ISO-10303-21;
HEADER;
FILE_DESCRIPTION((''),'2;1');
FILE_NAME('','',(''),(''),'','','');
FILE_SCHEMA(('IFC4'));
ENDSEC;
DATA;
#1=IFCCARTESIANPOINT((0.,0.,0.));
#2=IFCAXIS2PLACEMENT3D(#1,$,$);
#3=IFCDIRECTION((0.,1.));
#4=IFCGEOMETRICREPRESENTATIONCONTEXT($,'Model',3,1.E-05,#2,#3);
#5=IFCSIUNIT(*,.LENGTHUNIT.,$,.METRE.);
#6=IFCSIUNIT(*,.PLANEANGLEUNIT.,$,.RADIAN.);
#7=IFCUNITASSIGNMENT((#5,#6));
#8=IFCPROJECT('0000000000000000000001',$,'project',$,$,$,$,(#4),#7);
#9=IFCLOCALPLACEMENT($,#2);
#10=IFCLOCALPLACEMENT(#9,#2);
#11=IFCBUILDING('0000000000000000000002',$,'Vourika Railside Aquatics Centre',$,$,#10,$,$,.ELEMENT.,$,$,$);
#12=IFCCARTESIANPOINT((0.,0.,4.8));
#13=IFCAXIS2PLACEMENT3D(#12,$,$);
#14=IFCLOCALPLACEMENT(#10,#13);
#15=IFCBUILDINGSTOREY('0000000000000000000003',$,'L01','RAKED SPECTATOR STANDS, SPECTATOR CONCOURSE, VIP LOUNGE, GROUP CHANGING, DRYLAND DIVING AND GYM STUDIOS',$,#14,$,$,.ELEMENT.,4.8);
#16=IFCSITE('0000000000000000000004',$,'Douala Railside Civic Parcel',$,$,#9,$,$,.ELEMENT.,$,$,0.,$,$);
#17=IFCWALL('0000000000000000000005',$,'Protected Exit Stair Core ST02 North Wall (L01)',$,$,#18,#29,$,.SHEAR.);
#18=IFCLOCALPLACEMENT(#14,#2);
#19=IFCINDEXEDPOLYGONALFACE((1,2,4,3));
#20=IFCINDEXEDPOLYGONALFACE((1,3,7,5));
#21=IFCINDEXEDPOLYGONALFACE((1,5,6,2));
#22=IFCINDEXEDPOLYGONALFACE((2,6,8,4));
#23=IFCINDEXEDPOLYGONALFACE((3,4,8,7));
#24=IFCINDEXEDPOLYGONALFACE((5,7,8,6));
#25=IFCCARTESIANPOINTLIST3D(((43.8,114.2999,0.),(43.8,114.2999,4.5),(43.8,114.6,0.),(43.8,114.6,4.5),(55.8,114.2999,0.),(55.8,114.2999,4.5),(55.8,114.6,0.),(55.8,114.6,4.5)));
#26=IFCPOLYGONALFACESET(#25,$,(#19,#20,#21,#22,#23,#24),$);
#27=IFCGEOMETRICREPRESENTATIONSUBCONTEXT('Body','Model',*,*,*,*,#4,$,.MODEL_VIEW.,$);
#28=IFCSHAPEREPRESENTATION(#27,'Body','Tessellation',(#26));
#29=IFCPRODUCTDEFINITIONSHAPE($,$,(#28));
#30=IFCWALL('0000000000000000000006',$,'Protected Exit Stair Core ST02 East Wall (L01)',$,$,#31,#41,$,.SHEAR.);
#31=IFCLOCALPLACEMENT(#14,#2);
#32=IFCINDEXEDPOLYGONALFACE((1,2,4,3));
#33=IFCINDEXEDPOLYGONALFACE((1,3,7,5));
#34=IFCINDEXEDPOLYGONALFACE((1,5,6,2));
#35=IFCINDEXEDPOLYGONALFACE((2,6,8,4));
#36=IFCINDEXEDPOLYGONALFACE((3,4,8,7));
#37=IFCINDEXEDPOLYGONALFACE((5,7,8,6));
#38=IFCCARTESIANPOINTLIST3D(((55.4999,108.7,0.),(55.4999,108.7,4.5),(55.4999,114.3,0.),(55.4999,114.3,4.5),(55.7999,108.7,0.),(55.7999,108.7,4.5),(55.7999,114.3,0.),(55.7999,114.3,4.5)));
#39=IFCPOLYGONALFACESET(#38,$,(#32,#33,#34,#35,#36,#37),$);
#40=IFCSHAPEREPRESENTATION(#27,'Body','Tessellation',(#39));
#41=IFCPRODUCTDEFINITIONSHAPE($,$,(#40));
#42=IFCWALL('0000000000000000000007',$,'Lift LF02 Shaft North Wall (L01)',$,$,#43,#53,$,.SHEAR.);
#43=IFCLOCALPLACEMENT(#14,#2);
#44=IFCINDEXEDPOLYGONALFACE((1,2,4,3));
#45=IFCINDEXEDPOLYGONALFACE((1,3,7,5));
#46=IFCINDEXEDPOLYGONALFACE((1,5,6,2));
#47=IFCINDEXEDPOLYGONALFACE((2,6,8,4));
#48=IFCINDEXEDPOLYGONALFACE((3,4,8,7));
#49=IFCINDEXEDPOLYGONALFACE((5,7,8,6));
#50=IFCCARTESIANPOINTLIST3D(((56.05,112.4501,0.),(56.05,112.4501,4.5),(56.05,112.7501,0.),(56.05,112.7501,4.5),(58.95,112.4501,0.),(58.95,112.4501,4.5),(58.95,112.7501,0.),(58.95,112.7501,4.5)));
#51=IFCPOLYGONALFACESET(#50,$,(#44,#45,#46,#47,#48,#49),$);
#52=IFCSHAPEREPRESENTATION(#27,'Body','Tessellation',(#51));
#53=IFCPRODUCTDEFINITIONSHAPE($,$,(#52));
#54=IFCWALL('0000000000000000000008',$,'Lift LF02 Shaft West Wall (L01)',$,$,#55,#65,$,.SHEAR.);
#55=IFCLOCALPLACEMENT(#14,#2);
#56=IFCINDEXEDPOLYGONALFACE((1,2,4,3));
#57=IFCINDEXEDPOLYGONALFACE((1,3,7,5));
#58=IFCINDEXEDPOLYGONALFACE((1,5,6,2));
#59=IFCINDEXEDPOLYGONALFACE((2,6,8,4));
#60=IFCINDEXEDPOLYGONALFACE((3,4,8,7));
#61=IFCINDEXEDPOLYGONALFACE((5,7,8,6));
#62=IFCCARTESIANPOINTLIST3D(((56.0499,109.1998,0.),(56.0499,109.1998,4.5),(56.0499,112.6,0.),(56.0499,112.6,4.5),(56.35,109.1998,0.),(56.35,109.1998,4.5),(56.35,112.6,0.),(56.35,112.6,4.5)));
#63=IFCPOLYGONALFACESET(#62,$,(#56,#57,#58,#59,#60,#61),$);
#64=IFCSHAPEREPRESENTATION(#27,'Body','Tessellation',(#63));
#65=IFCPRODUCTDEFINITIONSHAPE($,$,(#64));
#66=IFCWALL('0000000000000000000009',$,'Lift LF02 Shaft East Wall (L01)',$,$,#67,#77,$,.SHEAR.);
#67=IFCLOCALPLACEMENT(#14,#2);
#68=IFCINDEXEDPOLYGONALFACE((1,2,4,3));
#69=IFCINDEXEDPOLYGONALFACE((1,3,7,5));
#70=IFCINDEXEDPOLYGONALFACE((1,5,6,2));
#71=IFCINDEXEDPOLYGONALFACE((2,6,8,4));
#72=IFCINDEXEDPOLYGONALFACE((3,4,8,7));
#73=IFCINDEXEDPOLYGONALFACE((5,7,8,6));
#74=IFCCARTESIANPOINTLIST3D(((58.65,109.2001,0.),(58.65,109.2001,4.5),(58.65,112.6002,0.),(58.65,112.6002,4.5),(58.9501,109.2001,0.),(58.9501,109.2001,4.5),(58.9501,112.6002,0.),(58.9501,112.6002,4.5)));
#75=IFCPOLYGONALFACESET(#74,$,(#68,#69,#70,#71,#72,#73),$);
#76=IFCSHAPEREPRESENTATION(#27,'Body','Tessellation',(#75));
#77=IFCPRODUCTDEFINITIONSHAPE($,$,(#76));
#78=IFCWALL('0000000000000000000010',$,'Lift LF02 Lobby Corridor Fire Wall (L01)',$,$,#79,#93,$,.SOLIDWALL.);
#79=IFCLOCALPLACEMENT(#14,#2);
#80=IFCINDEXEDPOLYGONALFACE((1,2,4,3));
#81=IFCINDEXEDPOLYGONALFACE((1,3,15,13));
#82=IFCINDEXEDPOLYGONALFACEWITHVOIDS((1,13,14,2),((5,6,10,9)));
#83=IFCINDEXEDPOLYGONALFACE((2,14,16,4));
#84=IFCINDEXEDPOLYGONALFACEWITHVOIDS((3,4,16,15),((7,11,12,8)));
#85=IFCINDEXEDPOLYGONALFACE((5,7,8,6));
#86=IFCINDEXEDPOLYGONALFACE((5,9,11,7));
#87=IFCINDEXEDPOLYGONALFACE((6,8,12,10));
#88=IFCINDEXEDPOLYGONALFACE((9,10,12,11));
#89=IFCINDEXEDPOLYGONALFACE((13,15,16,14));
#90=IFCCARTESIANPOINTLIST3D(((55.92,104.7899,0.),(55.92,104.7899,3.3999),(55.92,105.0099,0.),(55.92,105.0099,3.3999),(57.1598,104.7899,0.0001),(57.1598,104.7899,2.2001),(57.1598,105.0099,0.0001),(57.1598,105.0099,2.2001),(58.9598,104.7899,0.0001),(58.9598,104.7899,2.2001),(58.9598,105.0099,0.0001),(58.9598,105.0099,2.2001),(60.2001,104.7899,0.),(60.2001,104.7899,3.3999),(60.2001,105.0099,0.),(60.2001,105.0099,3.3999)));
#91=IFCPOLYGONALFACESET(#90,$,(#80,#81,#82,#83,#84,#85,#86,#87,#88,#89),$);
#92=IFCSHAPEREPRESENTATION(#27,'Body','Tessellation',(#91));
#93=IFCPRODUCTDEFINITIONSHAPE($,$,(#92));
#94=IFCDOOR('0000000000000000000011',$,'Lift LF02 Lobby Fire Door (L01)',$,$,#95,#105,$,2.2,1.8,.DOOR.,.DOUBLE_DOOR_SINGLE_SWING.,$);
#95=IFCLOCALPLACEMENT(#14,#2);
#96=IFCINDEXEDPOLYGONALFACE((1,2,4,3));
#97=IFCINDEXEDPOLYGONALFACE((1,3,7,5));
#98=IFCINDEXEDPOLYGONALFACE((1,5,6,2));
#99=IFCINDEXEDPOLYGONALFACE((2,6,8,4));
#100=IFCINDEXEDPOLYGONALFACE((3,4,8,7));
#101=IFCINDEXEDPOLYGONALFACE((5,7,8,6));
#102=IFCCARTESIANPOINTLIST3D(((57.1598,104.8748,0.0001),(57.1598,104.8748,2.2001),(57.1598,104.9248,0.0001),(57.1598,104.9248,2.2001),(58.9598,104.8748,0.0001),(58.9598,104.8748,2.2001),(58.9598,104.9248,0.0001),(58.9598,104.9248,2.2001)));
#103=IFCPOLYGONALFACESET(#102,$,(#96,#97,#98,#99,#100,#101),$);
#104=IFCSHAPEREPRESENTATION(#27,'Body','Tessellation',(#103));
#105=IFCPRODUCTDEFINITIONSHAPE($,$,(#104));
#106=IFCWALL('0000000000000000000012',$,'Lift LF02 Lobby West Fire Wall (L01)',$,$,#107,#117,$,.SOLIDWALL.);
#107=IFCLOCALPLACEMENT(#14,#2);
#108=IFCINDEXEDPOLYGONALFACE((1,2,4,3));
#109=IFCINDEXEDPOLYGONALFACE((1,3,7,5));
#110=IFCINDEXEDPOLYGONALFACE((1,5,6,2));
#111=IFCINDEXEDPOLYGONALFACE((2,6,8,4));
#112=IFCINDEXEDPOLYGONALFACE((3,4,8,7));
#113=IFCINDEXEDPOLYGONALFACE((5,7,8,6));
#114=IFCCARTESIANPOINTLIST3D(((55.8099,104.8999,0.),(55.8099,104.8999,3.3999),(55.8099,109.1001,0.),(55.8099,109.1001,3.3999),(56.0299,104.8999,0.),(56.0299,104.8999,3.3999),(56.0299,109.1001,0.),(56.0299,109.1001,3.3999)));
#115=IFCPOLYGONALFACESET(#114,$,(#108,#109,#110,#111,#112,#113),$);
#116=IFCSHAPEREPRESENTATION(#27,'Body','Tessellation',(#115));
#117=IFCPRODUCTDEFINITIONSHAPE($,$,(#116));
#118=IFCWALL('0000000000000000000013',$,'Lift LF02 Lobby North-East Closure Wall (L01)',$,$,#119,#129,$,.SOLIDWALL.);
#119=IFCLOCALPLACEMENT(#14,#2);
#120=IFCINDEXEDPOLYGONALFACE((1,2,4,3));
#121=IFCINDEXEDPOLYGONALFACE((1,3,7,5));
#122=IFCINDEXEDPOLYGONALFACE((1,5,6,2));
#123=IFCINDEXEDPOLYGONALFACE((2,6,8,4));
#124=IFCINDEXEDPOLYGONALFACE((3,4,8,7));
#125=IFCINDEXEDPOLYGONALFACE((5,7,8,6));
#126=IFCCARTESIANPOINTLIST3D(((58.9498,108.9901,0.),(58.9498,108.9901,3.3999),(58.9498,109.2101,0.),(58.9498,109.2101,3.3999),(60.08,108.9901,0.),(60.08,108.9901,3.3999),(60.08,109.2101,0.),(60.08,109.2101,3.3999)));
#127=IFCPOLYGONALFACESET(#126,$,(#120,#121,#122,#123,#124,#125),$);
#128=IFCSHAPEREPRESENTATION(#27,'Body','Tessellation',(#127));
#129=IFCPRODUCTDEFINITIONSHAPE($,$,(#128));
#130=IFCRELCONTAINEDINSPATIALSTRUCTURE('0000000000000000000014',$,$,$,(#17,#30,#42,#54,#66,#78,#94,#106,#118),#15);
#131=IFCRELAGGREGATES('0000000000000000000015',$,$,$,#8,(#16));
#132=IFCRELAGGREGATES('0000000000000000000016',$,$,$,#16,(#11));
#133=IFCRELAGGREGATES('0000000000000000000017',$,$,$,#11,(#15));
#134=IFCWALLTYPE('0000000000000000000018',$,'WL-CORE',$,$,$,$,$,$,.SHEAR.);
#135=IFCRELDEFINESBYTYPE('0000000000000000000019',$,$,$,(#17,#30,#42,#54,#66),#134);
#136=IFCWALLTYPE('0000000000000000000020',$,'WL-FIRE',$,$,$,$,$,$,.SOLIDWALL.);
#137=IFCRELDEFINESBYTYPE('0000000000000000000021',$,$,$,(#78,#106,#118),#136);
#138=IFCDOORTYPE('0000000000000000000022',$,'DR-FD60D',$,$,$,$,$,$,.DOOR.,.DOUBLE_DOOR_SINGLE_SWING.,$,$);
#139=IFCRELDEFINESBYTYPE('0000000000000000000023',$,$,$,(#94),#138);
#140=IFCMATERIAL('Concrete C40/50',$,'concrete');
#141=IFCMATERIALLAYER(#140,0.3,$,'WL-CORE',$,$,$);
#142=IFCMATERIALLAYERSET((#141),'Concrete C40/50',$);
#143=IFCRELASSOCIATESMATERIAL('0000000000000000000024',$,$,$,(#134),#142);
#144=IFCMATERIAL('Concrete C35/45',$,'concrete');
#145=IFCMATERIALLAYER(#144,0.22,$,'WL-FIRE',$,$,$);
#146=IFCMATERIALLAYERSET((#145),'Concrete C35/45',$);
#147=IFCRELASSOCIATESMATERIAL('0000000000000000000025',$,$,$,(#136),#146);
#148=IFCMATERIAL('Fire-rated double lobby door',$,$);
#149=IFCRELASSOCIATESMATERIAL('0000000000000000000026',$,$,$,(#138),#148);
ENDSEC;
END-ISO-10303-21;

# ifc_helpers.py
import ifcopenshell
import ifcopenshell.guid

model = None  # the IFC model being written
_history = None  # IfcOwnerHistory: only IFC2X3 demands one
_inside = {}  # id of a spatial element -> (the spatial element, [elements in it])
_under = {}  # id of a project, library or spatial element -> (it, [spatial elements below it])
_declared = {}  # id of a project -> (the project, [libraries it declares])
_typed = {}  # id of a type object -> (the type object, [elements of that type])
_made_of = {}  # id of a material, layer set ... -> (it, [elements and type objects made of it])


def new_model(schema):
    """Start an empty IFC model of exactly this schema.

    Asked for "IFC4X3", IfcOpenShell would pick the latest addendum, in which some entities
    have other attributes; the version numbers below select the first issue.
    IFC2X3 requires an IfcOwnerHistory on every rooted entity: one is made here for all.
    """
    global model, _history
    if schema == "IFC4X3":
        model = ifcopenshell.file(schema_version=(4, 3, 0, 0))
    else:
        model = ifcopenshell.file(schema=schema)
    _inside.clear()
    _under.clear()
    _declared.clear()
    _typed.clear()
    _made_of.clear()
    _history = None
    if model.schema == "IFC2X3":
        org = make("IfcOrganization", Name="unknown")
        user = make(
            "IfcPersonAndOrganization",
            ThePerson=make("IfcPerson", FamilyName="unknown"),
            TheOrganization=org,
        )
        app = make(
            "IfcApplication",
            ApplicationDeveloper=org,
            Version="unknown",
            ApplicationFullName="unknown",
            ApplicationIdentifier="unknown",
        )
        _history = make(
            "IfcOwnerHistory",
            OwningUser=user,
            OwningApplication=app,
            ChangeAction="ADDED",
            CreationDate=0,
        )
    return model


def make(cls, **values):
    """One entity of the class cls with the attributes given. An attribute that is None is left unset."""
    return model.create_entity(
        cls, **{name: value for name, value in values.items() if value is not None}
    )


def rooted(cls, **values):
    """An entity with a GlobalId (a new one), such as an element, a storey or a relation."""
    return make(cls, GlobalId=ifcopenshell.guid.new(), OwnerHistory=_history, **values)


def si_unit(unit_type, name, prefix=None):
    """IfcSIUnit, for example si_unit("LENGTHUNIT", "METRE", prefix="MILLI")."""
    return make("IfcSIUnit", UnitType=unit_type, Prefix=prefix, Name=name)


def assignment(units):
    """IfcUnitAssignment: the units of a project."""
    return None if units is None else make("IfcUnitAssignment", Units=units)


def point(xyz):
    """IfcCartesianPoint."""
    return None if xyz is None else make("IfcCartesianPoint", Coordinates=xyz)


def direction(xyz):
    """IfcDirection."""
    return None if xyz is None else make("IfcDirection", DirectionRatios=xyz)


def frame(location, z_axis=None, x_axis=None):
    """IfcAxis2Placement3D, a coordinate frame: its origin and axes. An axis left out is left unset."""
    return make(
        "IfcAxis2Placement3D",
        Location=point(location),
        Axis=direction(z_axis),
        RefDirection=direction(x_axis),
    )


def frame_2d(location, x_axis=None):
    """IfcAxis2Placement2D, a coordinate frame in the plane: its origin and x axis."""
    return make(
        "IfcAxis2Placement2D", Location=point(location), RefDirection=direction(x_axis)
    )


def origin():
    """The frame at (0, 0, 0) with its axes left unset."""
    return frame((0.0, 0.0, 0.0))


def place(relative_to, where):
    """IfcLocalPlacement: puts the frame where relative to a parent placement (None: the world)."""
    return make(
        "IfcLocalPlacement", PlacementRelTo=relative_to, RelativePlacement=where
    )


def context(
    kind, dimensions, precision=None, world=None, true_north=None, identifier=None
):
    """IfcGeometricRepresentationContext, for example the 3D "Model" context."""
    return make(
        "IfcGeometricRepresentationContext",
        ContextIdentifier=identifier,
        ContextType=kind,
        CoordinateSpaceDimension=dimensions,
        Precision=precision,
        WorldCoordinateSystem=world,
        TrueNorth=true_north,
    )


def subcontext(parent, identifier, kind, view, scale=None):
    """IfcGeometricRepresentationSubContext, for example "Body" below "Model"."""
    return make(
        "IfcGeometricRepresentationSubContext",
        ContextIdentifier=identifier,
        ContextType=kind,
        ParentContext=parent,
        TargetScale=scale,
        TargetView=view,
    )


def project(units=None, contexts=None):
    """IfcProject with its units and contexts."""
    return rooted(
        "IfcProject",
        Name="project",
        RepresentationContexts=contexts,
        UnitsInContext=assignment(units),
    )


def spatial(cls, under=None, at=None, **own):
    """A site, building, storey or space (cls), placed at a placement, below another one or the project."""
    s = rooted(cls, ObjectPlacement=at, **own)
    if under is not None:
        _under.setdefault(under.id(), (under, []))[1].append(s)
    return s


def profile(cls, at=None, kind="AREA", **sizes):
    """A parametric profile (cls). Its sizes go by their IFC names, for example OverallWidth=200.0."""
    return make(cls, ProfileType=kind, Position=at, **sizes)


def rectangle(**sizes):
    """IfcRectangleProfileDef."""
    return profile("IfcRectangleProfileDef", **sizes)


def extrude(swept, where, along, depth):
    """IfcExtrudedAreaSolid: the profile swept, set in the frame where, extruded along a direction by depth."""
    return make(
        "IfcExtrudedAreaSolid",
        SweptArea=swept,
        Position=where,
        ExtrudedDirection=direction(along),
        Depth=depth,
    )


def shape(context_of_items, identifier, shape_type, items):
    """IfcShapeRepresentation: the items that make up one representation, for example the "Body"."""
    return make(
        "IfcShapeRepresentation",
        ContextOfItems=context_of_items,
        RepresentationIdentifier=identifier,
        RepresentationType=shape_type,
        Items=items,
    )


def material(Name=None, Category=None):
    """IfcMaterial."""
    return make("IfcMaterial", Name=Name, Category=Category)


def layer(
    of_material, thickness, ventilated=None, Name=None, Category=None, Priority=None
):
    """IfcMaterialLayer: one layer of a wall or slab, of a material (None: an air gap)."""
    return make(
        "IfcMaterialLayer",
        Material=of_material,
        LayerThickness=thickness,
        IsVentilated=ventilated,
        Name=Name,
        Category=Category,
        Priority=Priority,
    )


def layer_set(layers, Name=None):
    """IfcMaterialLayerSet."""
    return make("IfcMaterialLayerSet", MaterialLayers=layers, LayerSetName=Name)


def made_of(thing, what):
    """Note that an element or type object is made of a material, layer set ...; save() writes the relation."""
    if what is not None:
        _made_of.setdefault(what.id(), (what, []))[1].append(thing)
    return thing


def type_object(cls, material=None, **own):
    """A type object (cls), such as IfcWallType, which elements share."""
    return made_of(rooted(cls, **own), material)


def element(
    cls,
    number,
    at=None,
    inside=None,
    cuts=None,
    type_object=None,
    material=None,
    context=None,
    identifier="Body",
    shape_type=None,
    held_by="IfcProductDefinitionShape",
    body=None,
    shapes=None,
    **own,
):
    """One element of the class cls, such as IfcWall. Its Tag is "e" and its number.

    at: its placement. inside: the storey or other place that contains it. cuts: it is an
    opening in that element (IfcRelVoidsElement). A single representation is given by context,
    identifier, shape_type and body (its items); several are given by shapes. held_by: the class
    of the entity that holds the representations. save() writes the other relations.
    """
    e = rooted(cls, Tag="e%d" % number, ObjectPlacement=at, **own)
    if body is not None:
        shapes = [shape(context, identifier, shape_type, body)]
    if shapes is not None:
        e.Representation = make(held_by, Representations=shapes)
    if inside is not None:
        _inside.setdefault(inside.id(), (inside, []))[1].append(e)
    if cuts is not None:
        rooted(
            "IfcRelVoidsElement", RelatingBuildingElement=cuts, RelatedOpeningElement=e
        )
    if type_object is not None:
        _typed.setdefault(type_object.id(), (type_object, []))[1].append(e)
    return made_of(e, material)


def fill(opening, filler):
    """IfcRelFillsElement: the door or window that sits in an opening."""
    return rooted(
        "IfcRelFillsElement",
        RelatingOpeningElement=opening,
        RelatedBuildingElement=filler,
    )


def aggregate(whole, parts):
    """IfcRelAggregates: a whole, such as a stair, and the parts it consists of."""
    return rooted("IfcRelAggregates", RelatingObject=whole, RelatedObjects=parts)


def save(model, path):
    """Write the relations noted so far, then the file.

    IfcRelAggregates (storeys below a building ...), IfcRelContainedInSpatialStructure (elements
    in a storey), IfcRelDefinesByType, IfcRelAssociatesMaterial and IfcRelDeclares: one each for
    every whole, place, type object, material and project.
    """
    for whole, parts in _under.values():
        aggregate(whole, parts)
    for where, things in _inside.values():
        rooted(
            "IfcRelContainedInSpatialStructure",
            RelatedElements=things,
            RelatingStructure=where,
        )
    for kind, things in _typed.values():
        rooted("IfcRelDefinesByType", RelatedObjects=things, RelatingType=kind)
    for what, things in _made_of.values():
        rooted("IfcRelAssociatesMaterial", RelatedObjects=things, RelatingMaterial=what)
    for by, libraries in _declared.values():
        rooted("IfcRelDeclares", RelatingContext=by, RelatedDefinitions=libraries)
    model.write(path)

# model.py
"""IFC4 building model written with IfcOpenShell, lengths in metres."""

from ifc_helpers import new_model, si_unit, direction, frame, frame_2d, origin, place, context, subcontext, project, spatial, rectangle, extrude, material, layer, layer_set, type_object, element, fill, save


model = new_model("IFC4")

# Units and contexts
model_context = context("Model", 3, precision=1e-05, world=origin(), true_north=direction((0.0, 1.0)))
body_context = subcontext(model_context, "Body", "Model", "MODEL_VIEW")
ifc_project = project(units=[si_unit("LENGTHUNIT", "METRE"), si_unit("PLANEANGLEUNIT", "RADIAN")], contexts=[model_context])

# Site, building, storey
site_placement = place(None, origin())
site = spatial("IfcSite", under=ifc_project, at=site_placement, Name="Douala Railside Civic Parcel", CompositionType="ELEMENT", RefElevation=0.0)
building_placement = place(site_placement, origin())
building = spatial("IfcBuilding", under=site, at=building_placement, Name="Vourika Railside Aquatics Centre", CompositionType="ELEMENT")
storey_placement = place(building_placement, frame((0.0, 0.0, 4.8)))
storey = spatial("IfcBuildingStorey", under=building, at=storey_placement, Name="L01", Description="RAKED SPECTATOR STANDS, SPECTATOR CONCOURSE, VIP LOUNGE, GROUP CHANGING, DRYLAND DIVING AND GYM STUDIOS", CompositionType="ELEMENT", Elevation=4.8)

# Shared definitions
ifc_material_1 = material(Name="Concrete C40/50", Category="concrete")

# Shared definitions
ifc_material_2 = material(Name="Concrete C35/45", Category="concrete")

# Walls
ifc_layer_1 = layer(ifc_material_1, 0.3, Name="WL-CORE")
ifc_layer_set_1 = layer_set([ifc_layer_1], Name="Concrete C40/50")
wall_type_1 = type_object("IfcWallType", Name="WL-CORE", PredefinedType="SHEAR", material=ifc_layer_set_1)
wall_1_placement = place(storey_placement, frame((55.8, 114.45, 0.0), z_axis=(0.0, 0.0, 1.0), x_axis=(-1.0, 0.0, 0.0)))
element("IfcWall", 1, at=wall_1_placement, inside=storey, type_object=wall_type_1, Name="Protected Exit Stair Core ST02 North Wall (L01)", PredefinedType="SHEAR", context=body_context, shape_type="SweptSolid", body=[
    extrude(rectangle(XDim=12.0, YDim=0.3, at=frame_2d((6.0, 0.0))), origin(), (0.0, 0.0, 1.0), 4.5),
])
wall_2_placement = place(storey_placement, frame((55.6499, 108.7, 0.0), z_axis=(0.0, 0.0, 1.0), x_axis=(0.0, 1.0, 0.0)))
element("IfcWall", 2, at=wall_2_placement, inside=storey, type_object=wall_type_1, Name="Protected Exit Stair Core ST02 East Wall (L01)", PredefinedType="SHEAR", context=body_context, shape_type="SweptSolid", body=[
    extrude(rectangle(XDim=5.6001, YDim=0.3, at=frame_2d((2.8, 0.0))), origin(), (0.0, 0.0, 1.0), 4.5),
])

# Walls
wall_3_placement = place(storey_placement, frame((58.95, 112.6001, 0.0), z_axis=(0.0, 0.0, 1.0), x_axis=(-1.0, 0.0, 0.0)))
element("IfcWall", 3, at=wall_3_placement, inside=storey, type_object=wall_type_1, Name="Lift LF02 Shaft North Wall (L01)", PredefinedType="SHEAR", context=body_context, shape_type="SweptSolid", body=[
    extrude(rectangle(XDim=2.8999, YDim=0.3, at=frame_2d((1.45, 0.0))), origin(), (0.0, 0.0, 1.0), 4.5),
])
for number, where, z_axis, x_axis, name in (
    (4, (56.2, 112.6001, 0.0), (0.0, 0.0, 1.0), (0.0, -1.0, 0.0), "Lift LF02 Shaft West Wall (L01)"),
    (5, (58.8, 109.2, 0.0), (0.0, 0.0, 1.0), (0.0, 1.0, 0.0), "Lift LF02 Shaft East Wall (L01)"),
):
    element("IfcWall", number, at=place(storey_placement, frame(where, z_axis=z_axis, x_axis=x_axis)), inside=storey, type_object=wall_type_1, Name=name, PredefinedType="SHEAR", context=body_context, shape_type="SweptSolid", body=[
        extrude(rectangle(XDim=3.4001, YDim=0.3, at=frame_2d((1.7002, 0.0))), origin(), (0.0, 0.0, 1.0), 4.5),
    ])

# Wall, opening, door
ifc_layer_2 = layer(ifc_material_2, 0.22, Name="WL-FIRE")
ifc_layer_set_2 = layer_set([ifc_layer_2], Name="Concrete C35/45")
wall_type_2 = type_object("IfcWallType", Name="WL-FIRE", PredefinedType="SOLIDWALL", material=ifc_layer_set_2)
wall_4_placement = place(storey_placement, frame((55.9199, 104.8999, 0.0), z_axis=(0.0, 0.0, 1.0), x_axis=(1.0, 0.0, 0.0)))
wall_4 = element("IfcWall", 6, at=wall_4_placement, inside=storey, type_object=wall_type_2, Name="Lift LF02 Lobby Corridor Fire Wall (L01)", PredefinedType="SOLIDWALL", context=body_context, shape_type="SweptSolid", body=[
    extrude(rectangle(XDim=4.28, YDim=0.22, at=frame_2d((2.1401, 0.0))), origin(), (0.0, 0.0, 1.0), 3.3999),
])
opening_1_placement = place(wall_4_placement, frame((1.24, 0.0, 0.0)))
opening_1 = element("IfcOpeningElement", 7, at=opening_1_placement, cuts=wall_4, PredefinedType="OPENING", context=body_context, shape_type="SweptSolid", body=[
    extrude(rectangle(XDim=1.8, YDim=2.2, at=frame_2d((0.8999, 1.1001))), frame((0.0, 0.1201, 0.0), z_axis=(0.0, -1.0, 0.0), x_axis=(1.0, 0.0, 0.0)), (0.0, 0.0, 1.0), 0.24),
])
ifc_material_3 = material(Name="Fire-rated double lobby door")
door_type_1 = type_object("IfcDoorType", Name="DR-FD60D", OperationType="DOUBLE_DOOR_SINGLE_SWING", PredefinedType="DOOR", material=ifc_material_3)
door_1_placement = place(opening_1_placement, origin())
door_1 = element("IfcDoor", 8, at=door_1_placement, inside=storey, type_object=door_type_1, Name="Lift LF02 Lobby Fire Door (L01)", OperationType="DOUBLE_DOOR_SINGLE_SWING", OverallHeight=2.2, OverallWidth=1.8, PredefinedType="DOOR", context=body_context, shape_type="SweptSolid", body=[
    extrude(rectangle(XDim=1.8, YDim=2.2, at=frame_2d((0.8999, 1.1001))), frame((0.0, 0.0249, 0.0), z_axis=(0.0, -1.0, 0.0), x_axis=(1.0, 0.0, 0.0)), (0.0, 0.0, 1.0), 0.05),
])
fill(opening_1, door_1)

# Walls
wall_5_placement = place(storey_placement, frame((55.9199, 104.8999, 0.0), z_axis=(0.0, 0.0, 1.0), x_axis=(0.0, 1.0, 0.0)))
element("IfcWall", 9, at=wall_5_placement, inside=storey, type_object=wall_type_2, Name="Lift LF02 Lobby West Fire Wall (L01)", PredefinedType="SOLIDWALL", context=body_context, shape_type="SweptSolid", body=[
    extrude(rectangle(XDim=4.2002, YDim=0.22, at=frame_2d((2.1001, 0.0))), origin(), (0.0, 0.0, 1.0), 3.3999),
])
wall_6_placement = place(storey_placement, frame((58.95, 109.1001, 0.0), z_axis=(0.0, 0.0, 1.0), x_axis=(1.0, 0.0, 0.0)))
element("IfcWall", 10, at=wall_6_placement, inside=storey, type_object=wall_type_2, Name="Lift LF02 Lobby North-East Closure Wall (L01)", PredefinedType="SOLIDWALL", context=body_context, shape_type="SweptSolid", body=[
    extrude(rectangle(XDim=1.1301, YDim=0.22, at=frame_2d((0.5649, 0.0))), origin(), (0.0, 0.0, 1.0), 3.3999),
])

save(model, "model.ifc")
